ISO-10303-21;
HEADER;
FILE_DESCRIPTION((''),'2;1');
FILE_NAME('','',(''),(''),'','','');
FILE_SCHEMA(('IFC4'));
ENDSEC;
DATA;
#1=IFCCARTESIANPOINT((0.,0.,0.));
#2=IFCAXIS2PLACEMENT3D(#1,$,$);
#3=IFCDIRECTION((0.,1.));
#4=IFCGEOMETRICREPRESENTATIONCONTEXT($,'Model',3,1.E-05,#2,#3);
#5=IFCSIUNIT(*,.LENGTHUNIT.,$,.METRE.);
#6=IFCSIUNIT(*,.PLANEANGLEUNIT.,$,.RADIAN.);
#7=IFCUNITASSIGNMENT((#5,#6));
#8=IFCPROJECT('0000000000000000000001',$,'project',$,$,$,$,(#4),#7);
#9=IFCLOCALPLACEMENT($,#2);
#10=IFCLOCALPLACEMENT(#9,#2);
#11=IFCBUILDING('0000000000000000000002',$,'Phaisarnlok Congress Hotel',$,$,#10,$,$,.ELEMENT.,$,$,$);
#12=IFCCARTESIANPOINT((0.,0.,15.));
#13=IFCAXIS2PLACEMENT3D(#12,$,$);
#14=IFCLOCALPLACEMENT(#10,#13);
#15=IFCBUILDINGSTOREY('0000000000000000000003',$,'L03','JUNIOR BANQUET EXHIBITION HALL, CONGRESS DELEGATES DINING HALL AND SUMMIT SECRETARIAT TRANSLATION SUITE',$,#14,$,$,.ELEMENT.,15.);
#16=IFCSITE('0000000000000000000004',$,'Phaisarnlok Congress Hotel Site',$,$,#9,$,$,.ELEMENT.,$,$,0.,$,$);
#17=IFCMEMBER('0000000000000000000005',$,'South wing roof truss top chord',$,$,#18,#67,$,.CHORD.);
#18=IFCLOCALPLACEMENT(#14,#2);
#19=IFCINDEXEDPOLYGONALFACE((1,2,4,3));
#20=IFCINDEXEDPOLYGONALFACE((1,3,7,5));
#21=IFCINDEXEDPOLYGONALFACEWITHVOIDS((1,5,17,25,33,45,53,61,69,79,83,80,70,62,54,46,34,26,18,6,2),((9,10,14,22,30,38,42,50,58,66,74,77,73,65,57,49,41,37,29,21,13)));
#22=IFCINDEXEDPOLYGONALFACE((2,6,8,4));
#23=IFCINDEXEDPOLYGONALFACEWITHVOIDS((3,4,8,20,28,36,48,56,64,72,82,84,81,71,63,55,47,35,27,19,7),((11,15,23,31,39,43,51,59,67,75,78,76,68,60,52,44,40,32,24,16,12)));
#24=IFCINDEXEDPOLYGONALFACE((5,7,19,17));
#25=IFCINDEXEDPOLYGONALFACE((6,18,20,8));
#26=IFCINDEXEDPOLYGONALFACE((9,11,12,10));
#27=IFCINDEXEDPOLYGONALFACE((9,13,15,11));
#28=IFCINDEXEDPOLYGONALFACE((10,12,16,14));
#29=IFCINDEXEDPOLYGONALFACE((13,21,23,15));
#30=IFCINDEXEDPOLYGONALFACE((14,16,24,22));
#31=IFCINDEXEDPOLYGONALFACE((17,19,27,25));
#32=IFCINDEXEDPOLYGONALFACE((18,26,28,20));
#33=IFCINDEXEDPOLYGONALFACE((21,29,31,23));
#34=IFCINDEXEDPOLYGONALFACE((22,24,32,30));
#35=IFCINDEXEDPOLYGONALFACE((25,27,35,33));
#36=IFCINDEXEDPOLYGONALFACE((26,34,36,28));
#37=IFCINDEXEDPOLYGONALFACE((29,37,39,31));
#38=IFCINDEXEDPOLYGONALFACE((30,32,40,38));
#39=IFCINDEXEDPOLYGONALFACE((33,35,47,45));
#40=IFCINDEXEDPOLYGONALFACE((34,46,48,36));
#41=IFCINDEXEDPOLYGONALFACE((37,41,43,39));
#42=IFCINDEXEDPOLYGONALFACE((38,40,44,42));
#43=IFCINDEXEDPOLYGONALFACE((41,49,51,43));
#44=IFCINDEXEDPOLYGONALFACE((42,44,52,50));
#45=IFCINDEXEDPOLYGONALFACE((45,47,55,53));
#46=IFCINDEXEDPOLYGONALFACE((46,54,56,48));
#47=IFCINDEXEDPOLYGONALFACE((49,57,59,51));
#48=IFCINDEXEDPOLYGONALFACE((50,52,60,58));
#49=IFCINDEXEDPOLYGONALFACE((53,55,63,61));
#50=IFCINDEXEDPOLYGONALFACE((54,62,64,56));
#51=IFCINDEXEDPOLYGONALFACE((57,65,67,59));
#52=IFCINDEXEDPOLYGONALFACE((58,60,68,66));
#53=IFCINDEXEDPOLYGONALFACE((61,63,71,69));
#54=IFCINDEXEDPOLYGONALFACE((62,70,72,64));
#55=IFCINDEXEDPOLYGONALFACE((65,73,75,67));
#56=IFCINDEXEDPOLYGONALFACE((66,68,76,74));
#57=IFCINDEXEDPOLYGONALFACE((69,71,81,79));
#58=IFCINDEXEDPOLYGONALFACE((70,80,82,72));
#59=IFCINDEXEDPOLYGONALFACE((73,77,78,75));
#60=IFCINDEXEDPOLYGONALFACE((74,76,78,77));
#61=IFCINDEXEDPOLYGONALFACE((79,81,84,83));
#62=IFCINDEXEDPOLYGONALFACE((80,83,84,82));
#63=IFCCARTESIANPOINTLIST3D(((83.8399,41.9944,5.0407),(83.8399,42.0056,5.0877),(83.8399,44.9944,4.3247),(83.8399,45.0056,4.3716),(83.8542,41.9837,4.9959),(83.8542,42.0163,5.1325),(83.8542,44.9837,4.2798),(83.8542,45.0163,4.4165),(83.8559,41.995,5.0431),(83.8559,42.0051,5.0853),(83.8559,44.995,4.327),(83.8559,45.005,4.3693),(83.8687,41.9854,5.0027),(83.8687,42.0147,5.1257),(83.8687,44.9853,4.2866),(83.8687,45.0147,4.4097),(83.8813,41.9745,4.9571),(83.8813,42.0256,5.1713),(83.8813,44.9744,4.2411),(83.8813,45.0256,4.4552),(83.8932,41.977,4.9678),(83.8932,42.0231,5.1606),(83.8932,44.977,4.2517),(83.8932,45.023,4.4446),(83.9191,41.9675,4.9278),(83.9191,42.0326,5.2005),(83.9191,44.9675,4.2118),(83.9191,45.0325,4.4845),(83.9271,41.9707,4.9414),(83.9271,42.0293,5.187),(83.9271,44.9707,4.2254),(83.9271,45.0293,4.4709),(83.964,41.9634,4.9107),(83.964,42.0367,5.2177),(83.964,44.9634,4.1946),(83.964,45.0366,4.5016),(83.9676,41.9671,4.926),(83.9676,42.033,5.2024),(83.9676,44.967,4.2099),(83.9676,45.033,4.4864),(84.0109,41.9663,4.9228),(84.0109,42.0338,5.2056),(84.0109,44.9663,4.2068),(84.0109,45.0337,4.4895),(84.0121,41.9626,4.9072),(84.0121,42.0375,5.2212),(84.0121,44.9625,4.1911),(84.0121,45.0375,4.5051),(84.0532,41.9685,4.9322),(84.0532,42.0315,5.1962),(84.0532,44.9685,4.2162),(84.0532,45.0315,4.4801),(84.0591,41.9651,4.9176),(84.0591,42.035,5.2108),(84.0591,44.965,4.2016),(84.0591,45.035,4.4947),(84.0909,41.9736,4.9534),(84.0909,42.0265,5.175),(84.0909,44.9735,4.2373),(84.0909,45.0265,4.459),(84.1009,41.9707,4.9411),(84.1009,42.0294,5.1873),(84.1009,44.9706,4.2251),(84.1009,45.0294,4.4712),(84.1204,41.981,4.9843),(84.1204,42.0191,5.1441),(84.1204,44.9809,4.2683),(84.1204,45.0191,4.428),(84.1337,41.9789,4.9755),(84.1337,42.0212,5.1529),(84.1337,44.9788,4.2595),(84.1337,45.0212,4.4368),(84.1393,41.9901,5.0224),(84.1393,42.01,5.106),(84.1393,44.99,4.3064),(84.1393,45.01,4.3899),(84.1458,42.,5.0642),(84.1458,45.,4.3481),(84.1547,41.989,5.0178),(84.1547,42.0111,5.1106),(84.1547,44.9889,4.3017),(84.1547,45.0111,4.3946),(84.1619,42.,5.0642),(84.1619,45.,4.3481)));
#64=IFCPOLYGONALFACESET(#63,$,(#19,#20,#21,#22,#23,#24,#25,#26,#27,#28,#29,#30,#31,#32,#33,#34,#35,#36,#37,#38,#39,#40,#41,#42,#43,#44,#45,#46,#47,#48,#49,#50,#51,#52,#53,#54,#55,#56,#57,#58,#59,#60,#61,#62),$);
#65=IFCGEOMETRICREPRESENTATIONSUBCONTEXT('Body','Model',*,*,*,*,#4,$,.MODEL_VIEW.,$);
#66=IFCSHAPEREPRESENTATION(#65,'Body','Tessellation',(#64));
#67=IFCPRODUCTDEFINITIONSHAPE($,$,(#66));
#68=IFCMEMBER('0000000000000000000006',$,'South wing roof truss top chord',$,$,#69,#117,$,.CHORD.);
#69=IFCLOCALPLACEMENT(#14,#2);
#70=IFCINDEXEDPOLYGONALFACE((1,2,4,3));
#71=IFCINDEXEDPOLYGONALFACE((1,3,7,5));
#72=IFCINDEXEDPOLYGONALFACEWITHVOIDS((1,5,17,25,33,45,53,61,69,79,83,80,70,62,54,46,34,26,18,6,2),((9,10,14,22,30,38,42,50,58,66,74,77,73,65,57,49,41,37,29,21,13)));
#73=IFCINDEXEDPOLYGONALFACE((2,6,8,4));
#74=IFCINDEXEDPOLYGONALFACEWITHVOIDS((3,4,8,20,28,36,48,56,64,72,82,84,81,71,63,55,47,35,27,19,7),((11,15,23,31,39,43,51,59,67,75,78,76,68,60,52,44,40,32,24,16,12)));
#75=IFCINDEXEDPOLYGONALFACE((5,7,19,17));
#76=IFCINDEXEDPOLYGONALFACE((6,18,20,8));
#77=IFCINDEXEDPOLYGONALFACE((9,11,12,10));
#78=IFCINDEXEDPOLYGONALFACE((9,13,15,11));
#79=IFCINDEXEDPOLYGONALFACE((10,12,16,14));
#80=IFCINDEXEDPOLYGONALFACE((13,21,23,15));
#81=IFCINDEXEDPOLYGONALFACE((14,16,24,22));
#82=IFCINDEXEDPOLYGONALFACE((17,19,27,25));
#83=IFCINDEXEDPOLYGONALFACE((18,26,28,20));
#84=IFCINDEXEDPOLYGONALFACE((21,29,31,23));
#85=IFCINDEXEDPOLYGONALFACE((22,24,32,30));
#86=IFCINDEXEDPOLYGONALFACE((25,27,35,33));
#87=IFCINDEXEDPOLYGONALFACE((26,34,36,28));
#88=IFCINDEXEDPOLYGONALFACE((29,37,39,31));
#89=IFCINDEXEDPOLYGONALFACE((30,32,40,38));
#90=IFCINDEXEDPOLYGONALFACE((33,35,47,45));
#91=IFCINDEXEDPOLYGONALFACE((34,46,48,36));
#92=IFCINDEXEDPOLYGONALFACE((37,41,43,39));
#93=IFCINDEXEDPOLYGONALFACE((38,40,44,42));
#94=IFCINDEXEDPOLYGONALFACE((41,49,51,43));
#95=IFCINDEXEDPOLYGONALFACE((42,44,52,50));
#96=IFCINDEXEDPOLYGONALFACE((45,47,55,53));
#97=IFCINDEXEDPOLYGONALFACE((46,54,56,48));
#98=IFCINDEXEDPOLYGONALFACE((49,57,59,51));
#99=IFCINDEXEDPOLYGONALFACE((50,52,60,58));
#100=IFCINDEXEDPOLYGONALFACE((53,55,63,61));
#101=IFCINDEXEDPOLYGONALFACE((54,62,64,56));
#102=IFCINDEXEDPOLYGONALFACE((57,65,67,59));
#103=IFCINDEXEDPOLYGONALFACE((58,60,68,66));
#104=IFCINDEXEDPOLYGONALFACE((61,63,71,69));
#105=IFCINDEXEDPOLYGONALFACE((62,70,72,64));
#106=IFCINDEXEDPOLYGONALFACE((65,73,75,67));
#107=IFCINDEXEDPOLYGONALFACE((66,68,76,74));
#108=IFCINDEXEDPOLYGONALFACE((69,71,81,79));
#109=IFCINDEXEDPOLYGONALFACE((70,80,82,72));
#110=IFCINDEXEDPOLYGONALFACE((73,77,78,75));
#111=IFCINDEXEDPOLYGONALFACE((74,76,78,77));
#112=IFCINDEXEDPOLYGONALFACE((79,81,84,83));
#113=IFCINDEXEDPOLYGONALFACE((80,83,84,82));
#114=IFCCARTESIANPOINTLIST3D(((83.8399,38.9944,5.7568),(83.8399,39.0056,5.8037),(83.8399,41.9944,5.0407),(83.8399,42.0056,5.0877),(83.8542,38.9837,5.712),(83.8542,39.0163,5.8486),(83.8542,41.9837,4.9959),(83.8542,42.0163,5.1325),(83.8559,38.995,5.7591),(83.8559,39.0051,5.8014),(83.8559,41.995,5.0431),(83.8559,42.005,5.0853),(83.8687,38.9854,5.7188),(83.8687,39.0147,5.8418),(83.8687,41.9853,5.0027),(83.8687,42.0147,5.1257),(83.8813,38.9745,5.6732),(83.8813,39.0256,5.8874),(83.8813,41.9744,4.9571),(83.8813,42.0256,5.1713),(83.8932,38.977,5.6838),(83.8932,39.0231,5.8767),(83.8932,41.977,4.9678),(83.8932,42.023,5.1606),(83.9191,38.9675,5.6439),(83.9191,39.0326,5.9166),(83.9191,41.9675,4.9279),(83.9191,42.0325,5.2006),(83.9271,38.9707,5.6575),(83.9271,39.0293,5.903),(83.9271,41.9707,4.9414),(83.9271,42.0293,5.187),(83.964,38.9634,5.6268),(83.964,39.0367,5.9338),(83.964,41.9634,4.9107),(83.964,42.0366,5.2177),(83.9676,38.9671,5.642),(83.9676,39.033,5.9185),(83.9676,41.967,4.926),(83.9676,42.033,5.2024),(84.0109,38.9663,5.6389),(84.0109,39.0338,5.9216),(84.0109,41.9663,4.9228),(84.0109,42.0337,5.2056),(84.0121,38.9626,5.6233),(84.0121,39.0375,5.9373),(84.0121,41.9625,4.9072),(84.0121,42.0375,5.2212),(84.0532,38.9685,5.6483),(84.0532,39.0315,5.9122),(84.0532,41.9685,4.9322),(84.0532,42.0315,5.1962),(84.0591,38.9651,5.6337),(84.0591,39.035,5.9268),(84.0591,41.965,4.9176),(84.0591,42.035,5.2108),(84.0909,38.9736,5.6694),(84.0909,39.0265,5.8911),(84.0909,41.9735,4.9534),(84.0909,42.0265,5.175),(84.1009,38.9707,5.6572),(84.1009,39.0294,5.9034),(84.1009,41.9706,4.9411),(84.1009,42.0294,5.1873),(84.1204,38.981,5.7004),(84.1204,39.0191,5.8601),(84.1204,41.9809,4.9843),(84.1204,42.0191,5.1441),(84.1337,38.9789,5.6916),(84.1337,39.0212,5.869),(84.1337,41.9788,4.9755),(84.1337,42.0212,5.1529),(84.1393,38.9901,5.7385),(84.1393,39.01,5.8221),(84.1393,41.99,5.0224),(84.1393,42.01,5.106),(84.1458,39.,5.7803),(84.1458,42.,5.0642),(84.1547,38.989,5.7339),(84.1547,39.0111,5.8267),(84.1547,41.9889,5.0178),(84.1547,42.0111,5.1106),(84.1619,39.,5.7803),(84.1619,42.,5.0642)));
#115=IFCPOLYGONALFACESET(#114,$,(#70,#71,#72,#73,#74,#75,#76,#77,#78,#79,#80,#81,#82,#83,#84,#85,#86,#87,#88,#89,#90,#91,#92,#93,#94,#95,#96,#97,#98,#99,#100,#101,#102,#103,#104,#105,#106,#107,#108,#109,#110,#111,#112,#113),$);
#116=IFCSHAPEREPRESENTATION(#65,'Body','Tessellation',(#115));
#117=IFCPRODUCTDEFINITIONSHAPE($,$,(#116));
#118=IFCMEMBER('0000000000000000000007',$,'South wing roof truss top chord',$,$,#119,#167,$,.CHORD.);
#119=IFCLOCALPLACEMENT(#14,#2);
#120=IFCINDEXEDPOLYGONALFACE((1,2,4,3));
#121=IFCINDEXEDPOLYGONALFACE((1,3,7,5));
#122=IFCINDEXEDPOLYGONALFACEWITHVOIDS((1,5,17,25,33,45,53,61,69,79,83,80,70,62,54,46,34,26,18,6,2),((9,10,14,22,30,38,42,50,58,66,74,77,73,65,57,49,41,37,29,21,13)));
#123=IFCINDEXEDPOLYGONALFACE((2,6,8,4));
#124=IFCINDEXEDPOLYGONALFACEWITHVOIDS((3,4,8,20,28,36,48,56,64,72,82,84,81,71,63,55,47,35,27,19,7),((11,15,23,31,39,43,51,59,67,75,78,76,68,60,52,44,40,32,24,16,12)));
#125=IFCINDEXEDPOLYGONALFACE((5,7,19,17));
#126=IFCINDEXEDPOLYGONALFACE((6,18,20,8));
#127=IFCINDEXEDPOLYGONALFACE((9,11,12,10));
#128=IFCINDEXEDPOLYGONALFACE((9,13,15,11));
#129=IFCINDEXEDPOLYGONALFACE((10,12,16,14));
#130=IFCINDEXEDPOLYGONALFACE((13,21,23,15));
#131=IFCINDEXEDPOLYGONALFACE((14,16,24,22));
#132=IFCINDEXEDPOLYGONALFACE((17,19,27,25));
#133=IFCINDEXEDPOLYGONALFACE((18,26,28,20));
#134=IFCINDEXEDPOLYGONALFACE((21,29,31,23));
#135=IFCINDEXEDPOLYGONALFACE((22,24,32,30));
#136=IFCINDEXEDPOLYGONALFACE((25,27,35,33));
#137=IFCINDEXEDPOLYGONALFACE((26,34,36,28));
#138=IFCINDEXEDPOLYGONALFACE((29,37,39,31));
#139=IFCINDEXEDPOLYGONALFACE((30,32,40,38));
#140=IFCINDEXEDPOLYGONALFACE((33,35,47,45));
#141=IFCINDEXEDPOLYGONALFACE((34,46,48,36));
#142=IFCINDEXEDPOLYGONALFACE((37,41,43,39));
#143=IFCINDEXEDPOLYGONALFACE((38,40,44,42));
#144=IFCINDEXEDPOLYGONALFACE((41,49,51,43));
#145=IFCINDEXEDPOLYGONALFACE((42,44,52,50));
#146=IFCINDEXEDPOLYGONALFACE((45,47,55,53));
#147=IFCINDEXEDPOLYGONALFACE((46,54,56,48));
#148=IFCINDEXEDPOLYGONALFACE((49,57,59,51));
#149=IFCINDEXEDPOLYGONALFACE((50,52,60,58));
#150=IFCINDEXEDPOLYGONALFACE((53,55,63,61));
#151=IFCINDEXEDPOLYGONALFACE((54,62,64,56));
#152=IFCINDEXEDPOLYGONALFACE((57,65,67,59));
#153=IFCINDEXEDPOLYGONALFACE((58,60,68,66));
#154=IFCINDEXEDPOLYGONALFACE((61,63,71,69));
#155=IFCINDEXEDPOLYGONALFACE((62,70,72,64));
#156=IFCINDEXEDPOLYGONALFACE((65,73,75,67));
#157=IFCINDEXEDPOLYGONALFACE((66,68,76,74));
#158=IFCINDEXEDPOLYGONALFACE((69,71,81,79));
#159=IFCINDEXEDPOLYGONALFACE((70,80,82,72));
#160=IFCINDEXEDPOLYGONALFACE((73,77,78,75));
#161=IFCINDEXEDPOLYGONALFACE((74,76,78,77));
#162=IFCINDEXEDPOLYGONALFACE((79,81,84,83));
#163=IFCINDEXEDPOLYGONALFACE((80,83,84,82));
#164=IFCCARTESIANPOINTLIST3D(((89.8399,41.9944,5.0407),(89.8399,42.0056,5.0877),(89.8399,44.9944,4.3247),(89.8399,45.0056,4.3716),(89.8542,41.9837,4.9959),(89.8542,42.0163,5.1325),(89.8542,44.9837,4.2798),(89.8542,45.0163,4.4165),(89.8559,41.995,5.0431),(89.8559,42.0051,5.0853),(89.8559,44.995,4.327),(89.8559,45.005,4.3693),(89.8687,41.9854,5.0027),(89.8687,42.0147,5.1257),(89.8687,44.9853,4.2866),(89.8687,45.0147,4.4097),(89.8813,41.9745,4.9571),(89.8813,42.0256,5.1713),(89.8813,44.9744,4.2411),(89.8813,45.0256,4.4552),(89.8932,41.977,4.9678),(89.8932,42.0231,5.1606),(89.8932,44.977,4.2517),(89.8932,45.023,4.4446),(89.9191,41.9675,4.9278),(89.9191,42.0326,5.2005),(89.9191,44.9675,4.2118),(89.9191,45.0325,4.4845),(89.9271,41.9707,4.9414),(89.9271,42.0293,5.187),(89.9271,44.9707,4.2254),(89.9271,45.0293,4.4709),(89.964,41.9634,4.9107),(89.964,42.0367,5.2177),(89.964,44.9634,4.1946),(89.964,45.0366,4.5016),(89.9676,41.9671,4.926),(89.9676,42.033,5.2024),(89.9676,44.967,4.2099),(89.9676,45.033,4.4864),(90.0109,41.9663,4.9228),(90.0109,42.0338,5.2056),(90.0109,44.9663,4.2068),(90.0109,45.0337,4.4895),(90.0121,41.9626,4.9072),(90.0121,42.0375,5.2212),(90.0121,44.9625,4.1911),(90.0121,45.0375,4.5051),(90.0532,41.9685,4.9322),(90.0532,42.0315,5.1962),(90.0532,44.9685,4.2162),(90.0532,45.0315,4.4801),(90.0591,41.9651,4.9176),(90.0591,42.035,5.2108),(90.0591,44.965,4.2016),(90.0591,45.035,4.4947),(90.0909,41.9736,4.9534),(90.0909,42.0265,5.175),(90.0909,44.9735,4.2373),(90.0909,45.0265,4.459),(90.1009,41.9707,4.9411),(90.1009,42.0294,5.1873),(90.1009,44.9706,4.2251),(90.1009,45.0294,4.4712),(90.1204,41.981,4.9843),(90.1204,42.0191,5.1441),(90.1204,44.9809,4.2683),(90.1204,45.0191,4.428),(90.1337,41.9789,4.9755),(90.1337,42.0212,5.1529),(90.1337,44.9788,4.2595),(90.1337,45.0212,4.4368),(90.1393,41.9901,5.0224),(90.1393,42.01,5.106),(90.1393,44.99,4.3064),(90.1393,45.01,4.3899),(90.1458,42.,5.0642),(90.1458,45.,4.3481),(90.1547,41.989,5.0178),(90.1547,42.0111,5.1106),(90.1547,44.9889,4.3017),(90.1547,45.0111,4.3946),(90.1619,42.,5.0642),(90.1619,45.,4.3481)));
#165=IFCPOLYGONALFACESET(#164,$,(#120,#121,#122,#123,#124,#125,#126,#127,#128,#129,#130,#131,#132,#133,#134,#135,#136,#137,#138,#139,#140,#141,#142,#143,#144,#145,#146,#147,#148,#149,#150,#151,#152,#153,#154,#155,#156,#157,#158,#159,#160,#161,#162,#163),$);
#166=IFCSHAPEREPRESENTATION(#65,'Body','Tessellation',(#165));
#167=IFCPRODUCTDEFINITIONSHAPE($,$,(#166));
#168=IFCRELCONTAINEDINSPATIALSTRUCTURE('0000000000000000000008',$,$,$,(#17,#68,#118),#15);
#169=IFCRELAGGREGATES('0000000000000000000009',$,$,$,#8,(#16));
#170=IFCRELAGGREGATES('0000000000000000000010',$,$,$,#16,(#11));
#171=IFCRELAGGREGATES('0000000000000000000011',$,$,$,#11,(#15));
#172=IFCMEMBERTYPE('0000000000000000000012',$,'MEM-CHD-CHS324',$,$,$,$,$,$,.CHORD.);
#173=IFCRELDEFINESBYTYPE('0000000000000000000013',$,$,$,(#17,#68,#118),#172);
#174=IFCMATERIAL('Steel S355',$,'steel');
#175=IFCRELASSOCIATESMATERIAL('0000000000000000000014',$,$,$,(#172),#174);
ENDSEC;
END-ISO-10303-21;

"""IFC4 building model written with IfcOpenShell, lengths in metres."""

from ifc_helpers import new_model, si_unit, direction, frame, origin, origin_2d, place, context, subcontext, project, spatial, hollow_circle, extrude, material, material_profile, profile_set, type_object, element, save


model = new_model("IFC4")

# Units and contexts
model_context = context("Model", 3, precision=1e-05, world=origin(), true_north=direction((0.0, 1.0)))
body_context = subcontext(model_context, "Body", "Model", "MODEL_VIEW")
ifc_project = project(units=[si_unit("LENGTHUNIT", "METRE"), si_unit("PLANEANGLEUNIT", "RADIAN")], contexts=[model_context])

# Site, building, storey
site_placement = place(None, origin())
site = spatial("IfcSite", under=ifc_project, at=site_placement, Name="Phaisarnlok Congress Hotel Site", CompositionType="ELEMENT", RefElevation=0.0)
building_placement = place(site_placement, origin())
building = spatial("IfcBuilding", under=site, at=building_placement, Name="Phaisarnlok Congress Hotel", CompositionType="ELEMENT")
storey_placement = place(building_placement, frame((0.0, 0.0, 15.0)))
storey = spatial("IfcBuildingStorey", under=building, at=storey_placement, Name="L03", Description="JUNIOR BANQUET EXHIBITION HALL, CONGRESS DELEGATES DINING HALL AND SUMMIT SECRETARIAT TRANSLATION SUITE", CompositionType="ELEMENT", Elevation=15.0)

# Shared definitions
ifc_material = material(Name="Steel S355", Category="steel")

# Members
ifc_material_profile_1 = material_profile(ifc_material, hollow_circle(Radius=0.1619, WallThickness=0.0161, at=origin_2d()), Name="CHS 323.9x16")
ifc_profile_set_1 = profile_set([ifc_material_profile_1], Name="Steel S355")
member_type_1 = type_object("IfcMemberType", Name="MEM-CHD-CHS324", PredefinedType="CHORD", material=ifc_profile_set_1)
for number, where, z_axis, x_axis, name in (
    (1, (84.0, 45.0, 4.3481), (0.0, -0.972676, 0.232166), (1.0, 0.0, 0.0), "South wing roof truss top chord"),
    (2, (84.0, 42.0, 5.0642), (0.0, -0.972676, 0.232166), (1.0, 0.0, 0.0), "South wing roof truss top chord"),
    (3, (90.0, 45.0, 4.3481), (0.0, -0.972676, 0.232166), (1.0, 0.0, 0.0), "South wing roof truss top chord"),
):
    element("IfcMember", number, at=place(storey_placement, frame(where, z_axis=z_axis, x_axis=x_axis)), inside=storey, type_object=member_type_1, Name=name, PredefinedType="CHORD", context=body_context, shape_type="SweptSolid", body=[
        extrude(hollow_circle(Radius=0.1619, WallThickness=0.0161, at=origin_2d()), origin(), (0.0, 0.0, 1.0), 3.0842),
    ])

save(model, "model.ifc")
